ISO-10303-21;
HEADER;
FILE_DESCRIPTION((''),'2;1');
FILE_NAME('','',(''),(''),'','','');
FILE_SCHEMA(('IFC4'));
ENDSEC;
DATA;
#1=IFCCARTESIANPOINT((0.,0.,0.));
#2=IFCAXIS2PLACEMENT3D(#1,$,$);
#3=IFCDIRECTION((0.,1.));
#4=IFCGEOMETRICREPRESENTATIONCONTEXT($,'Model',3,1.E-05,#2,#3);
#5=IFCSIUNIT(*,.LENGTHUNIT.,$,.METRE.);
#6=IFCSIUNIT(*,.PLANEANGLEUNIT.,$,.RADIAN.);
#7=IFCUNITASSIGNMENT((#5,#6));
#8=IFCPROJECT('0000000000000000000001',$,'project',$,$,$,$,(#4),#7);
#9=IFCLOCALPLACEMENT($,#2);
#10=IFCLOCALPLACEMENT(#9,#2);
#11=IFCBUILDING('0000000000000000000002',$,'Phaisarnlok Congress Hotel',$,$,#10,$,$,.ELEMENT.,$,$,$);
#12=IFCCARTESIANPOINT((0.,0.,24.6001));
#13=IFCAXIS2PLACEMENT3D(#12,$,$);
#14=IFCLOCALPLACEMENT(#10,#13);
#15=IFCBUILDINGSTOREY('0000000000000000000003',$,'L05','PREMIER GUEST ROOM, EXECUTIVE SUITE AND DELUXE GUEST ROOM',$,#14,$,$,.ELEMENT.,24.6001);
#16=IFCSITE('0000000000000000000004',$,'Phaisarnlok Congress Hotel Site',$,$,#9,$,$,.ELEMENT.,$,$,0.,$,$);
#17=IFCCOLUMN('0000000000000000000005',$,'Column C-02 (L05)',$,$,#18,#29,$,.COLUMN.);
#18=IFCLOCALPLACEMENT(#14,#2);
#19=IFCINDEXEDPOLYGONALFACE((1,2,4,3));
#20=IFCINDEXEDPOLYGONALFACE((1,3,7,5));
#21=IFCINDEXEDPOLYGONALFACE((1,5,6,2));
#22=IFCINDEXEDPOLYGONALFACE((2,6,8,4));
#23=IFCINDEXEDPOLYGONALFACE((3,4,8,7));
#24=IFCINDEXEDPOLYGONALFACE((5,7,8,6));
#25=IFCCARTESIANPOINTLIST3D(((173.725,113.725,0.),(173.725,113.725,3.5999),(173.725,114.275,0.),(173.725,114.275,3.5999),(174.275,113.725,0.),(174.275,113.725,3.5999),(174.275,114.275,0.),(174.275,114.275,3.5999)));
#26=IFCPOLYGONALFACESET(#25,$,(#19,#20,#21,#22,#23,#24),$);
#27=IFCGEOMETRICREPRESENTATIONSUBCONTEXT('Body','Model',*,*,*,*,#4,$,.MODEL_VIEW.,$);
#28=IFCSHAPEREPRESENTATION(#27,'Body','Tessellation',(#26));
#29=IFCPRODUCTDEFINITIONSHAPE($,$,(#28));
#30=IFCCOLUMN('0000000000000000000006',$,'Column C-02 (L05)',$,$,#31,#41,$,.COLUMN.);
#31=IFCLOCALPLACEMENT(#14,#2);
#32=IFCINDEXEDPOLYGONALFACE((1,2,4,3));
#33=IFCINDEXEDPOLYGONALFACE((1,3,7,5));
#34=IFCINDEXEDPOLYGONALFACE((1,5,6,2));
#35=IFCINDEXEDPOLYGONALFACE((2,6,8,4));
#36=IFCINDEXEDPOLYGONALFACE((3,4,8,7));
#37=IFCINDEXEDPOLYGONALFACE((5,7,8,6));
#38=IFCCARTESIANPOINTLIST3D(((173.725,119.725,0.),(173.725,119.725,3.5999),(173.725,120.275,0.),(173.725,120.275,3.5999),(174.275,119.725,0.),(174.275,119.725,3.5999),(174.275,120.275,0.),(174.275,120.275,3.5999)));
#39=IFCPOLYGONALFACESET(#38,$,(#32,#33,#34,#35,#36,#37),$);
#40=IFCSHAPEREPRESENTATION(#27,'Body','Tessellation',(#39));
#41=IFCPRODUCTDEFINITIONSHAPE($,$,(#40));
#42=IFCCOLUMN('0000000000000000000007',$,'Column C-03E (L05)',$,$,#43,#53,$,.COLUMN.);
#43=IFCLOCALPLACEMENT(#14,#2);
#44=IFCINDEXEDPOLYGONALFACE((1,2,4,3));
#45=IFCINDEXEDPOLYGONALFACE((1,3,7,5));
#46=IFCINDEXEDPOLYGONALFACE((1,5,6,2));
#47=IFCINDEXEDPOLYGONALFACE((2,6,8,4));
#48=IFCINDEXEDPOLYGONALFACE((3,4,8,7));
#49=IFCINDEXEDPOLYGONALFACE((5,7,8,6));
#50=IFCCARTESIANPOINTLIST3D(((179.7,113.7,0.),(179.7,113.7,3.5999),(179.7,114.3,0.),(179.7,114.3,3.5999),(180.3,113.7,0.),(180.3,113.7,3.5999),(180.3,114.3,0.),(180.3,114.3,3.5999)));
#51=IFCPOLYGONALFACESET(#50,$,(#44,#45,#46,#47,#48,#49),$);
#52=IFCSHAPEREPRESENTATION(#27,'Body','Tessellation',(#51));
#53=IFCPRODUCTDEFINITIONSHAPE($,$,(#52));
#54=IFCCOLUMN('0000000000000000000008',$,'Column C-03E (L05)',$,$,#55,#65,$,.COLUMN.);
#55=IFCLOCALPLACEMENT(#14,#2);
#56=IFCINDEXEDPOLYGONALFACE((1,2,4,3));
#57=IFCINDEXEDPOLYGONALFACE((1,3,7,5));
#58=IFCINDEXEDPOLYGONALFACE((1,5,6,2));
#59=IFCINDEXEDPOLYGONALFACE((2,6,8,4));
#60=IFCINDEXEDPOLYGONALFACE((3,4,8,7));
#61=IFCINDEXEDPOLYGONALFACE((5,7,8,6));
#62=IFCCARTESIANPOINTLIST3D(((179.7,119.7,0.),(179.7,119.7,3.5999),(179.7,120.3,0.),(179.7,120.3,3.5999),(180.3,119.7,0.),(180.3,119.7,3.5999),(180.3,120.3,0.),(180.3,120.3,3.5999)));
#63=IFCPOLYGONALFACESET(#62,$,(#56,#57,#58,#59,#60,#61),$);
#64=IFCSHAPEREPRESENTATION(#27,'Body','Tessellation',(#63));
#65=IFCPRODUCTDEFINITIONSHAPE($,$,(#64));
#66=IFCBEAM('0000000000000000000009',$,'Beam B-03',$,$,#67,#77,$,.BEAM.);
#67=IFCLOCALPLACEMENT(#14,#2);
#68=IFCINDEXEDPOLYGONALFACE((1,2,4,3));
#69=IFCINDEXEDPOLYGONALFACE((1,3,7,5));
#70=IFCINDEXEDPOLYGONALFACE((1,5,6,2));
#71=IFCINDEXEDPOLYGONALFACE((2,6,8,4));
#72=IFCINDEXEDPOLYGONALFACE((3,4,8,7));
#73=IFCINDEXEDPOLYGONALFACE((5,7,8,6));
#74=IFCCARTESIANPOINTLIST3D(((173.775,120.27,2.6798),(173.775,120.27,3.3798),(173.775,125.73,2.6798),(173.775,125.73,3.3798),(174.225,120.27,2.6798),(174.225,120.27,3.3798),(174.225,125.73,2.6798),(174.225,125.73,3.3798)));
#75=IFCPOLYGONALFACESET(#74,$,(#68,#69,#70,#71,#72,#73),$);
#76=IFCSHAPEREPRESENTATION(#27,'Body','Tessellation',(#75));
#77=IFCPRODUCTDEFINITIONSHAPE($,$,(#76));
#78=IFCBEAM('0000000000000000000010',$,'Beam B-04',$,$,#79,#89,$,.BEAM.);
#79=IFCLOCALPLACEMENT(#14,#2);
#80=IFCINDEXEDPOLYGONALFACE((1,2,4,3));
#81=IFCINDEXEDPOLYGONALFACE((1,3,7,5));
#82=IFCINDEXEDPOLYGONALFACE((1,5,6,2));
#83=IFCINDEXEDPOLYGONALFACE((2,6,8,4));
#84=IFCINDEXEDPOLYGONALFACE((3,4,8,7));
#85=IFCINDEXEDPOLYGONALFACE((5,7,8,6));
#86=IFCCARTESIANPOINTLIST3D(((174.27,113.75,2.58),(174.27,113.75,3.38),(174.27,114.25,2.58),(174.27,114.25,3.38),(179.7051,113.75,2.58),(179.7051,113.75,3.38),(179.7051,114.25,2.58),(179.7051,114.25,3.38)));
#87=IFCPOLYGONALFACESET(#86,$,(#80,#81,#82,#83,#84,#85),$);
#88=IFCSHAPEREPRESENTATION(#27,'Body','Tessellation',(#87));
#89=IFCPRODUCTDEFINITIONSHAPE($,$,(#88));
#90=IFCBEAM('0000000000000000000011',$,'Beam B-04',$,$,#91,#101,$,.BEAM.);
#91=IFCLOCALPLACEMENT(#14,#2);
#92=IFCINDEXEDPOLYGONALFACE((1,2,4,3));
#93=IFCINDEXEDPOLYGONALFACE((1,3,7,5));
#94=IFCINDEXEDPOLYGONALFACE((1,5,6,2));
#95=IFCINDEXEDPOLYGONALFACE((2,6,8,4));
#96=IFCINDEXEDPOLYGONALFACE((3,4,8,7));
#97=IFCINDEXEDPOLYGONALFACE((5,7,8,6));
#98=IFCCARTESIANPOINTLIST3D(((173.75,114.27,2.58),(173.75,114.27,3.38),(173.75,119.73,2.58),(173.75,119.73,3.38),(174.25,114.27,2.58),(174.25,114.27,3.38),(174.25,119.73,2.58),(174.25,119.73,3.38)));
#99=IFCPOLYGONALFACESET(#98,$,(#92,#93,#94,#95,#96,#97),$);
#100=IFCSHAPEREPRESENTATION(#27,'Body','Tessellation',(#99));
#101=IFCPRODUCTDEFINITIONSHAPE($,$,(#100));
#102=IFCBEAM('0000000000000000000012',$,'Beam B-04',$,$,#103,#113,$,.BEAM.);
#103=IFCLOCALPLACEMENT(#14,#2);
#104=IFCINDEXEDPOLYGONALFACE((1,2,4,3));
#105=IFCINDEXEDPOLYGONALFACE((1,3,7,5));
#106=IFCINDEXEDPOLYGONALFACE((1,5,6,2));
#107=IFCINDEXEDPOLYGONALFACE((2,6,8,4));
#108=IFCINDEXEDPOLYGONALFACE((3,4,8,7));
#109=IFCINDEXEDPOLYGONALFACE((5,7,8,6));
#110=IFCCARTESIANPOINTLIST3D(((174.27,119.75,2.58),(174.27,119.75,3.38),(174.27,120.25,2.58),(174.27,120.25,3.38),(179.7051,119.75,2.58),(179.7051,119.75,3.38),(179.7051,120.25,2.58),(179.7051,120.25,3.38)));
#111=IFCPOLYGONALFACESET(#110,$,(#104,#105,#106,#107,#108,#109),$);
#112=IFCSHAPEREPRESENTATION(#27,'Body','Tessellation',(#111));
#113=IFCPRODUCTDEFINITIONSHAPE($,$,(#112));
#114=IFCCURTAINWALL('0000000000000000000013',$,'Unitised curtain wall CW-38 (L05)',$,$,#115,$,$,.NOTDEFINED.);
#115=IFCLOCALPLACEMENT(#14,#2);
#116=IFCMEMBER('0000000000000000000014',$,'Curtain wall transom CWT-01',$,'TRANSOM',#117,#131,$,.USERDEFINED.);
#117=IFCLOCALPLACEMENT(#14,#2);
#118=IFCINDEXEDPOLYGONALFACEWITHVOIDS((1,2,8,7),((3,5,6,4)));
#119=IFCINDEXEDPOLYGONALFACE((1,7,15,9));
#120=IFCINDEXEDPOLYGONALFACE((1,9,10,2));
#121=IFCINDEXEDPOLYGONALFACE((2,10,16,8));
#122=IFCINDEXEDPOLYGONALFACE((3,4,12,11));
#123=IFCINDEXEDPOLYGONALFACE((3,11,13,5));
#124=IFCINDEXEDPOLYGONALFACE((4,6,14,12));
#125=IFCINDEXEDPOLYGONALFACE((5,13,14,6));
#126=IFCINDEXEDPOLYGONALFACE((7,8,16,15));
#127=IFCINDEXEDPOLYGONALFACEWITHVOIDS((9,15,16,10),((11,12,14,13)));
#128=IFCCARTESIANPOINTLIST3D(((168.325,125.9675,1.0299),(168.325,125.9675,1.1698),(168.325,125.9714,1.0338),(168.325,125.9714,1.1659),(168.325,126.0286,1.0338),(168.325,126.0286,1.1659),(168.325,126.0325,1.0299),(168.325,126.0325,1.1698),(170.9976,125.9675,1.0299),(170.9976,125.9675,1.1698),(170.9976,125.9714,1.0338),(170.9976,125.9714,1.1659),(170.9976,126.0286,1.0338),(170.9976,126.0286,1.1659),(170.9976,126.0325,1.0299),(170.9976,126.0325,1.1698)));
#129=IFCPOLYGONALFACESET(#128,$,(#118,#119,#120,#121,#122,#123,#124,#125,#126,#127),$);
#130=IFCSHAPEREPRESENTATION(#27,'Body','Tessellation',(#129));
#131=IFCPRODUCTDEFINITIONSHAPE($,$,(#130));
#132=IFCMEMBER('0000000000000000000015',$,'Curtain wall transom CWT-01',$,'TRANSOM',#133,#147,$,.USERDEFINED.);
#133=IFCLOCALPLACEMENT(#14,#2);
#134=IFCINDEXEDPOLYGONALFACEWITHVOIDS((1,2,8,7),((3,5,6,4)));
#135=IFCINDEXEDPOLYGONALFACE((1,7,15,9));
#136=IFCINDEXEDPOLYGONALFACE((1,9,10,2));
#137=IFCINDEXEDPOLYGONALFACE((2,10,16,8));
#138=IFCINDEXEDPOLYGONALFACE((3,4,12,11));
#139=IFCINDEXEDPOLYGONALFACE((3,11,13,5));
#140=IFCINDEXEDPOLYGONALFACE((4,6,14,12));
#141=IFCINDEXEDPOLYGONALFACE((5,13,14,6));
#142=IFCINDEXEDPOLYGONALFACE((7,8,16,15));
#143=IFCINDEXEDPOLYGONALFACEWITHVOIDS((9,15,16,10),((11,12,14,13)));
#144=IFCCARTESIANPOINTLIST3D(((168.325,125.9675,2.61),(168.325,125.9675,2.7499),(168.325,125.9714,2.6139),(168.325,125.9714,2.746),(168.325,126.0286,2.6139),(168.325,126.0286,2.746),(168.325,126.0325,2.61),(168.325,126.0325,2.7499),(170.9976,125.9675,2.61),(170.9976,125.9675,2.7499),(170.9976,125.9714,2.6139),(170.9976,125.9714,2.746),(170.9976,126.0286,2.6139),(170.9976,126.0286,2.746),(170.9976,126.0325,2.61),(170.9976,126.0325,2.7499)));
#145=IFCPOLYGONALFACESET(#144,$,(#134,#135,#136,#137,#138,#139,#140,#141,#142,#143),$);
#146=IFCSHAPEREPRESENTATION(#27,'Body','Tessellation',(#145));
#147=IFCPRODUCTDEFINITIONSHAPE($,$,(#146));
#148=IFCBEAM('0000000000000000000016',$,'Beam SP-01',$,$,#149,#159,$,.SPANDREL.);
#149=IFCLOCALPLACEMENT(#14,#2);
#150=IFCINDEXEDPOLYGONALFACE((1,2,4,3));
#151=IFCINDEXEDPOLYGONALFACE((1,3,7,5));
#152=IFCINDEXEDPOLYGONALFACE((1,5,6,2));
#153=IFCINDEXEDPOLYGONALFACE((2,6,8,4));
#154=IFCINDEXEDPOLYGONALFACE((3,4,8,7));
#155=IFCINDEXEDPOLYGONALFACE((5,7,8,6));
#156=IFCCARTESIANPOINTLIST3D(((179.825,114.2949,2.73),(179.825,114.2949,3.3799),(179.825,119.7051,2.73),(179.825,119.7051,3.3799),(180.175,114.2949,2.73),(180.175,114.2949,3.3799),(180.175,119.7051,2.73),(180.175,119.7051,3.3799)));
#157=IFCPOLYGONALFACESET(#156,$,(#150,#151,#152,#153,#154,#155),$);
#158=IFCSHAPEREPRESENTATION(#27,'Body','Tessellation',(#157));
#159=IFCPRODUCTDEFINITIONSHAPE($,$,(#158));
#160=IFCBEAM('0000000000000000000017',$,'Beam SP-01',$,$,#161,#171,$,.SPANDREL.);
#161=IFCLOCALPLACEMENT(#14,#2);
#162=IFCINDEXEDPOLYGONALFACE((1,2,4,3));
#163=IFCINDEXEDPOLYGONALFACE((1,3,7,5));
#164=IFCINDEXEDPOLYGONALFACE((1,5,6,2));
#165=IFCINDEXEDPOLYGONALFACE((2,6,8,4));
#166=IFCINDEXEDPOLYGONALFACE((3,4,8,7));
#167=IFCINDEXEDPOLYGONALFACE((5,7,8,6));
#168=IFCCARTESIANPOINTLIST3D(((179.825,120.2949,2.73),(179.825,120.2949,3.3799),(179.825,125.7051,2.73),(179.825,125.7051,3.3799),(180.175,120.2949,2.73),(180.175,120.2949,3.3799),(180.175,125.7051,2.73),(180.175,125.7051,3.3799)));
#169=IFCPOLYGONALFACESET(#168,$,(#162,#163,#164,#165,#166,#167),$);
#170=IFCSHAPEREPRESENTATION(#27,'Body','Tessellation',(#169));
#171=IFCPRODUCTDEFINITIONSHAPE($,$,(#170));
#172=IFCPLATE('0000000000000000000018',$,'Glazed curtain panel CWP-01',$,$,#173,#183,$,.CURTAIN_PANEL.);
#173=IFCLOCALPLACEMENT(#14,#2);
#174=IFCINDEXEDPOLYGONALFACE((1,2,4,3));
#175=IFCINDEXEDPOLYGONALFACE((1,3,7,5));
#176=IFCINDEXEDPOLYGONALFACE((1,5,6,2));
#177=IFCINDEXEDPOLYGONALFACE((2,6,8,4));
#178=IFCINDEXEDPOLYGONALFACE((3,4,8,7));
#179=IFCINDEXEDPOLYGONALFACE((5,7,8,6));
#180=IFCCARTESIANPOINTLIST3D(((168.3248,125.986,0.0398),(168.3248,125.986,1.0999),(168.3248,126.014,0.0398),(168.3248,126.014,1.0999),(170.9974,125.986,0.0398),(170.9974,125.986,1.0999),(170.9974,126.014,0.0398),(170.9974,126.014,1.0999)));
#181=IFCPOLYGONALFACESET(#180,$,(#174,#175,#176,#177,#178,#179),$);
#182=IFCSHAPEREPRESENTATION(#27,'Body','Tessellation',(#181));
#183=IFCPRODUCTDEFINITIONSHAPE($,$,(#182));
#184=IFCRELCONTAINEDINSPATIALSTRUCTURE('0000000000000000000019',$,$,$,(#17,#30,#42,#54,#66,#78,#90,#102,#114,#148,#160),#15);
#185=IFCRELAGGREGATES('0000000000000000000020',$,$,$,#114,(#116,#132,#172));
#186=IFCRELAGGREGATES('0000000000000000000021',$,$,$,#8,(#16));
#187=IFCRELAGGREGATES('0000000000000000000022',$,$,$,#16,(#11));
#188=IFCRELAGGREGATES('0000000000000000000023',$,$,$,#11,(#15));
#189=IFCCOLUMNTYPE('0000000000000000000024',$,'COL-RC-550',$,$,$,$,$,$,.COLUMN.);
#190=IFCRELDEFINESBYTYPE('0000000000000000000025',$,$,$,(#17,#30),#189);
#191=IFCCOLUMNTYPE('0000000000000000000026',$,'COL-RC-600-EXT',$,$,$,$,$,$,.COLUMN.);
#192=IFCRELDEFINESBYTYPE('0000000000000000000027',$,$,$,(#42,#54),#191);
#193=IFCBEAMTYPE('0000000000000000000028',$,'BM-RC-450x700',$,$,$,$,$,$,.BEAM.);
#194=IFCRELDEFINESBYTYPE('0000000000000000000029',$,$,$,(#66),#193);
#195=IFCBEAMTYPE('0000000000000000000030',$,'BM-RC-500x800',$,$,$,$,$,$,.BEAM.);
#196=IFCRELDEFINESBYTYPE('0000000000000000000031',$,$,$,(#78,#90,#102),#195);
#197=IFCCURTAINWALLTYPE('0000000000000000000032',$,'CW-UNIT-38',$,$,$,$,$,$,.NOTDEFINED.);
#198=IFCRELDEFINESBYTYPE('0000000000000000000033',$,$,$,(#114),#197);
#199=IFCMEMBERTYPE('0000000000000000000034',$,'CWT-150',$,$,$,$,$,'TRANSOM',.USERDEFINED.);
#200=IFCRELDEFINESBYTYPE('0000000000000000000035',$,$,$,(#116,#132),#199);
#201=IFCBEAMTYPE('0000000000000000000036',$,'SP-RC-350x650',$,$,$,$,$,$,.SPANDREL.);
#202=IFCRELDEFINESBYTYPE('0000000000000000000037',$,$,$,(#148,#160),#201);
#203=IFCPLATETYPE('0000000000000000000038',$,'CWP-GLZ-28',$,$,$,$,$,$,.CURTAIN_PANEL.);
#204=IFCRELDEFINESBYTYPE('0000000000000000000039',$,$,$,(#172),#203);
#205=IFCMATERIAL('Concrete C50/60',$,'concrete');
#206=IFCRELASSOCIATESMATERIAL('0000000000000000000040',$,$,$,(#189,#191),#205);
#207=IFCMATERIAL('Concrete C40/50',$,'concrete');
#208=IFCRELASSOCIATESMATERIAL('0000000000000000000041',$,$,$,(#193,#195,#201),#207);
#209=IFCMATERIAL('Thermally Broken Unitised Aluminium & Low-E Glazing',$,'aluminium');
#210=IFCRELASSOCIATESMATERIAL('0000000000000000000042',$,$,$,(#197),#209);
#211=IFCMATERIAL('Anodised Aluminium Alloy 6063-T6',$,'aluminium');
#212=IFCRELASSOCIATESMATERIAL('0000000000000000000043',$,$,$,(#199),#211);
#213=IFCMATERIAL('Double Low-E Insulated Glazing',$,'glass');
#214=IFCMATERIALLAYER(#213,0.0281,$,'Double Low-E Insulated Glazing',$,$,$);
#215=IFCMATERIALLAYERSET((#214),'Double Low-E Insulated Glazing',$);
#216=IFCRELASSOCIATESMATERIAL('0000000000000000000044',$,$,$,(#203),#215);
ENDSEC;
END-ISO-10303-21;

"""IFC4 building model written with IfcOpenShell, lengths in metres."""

from ifc_helpers import new_model, si_unit, direction, frame, frame_2d, origin, origin_2d, place, context, subcontext, project, spatial, rectangle, hollow_rectangle, extrude, material, layer, layer_set, material_profile, profile_set, type_object, element, aggregate, save


model = new_model("IFC4")

# Units and contexts
model_context = context("Model", 3, precision=1e-05, world=origin(), true_north=direction((0.0, 1.0)))
body_context = subcontext(model_context, "Body", "Model", "MODEL_VIEW")
ifc_project = project(units=[si_unit("LENGTHUNIT", "METRE"), si_unit("PLANEANGLEUNIT", "RADIAN")], contexts=[model_context])

# Site, building, storey
site_placement = place(None, origin())
site = spatial("IfcSite", under=ifc_project, at=site_placement, Name="Phaisarnlok Congress Hotel Site", CompositionType="ELEMENT", RefElevation=0.0)
building_placement = place(site_placement, origin())
building = spatial("IfcBuilding", under=site, at=building_placement, Name="Phaisarnlok Congress Hotel", CompositionType="ELEMENT")
storey_placement = place(building_placement, frame((0.0, 0.0, 24.6001)))
storey = spatial("IfcBuildingStorey", under=building, at=storey_placement, Name="L05", Description="PREMIER GUEST ROOM, EXECUTIVE SUITE AND DELUXE GUEST ROOM", CompositionType="ELEMENT", Elevation=24.6001)

# Columns
ifc_material_1 = material(Name="Concrete C50/60", Category="concrete")
ifc_material_profile_1 = material_profile(ifc_material_1, rectangle(XDim=0.55, YDim=0.55, at=origin_2d()), Name="RC 550x550")
ifc_profile_set_1 = profile_set([ifc_material_profile_1], Name="Concrete C50/60")
column_type_1 = type_object("IfcColumnType", Name="COL-RC-550", PredefinedType="COLUMN", material=ifc_profile_set_1)
for number, where, z_axis, x_axis, name in (
    (1, (174.0, 114.0, 0.0), (0.0, 0.0, 1.0), (1.0, 0.0, 0.0), "Column C-02 (L05)"),
    (2, (174.0, 120.0, 0.0), (0.0, 0.0, 1.0), (1.0, 0.0, 0.0), "Column C-02 (L05)"),
):
    element("IfcColumn", number, at=place(storey_placement, frame(where, z_axis=z_axis, x_axis=x_axis)), inside=storey, type_object=column_type_1, Name=name, PredefinedType="COLUMN", context=body_context, shape_type="SweptSolid", body=[
        extrude(rectangle(XDim=0.55, YDim=0.55, at=origin_2d()), origin(), (0.0, 0.0, 1.0), 3.5999),
    ])
ifc_material_profile_2 = material_profile(ifc_material_1, rectangle(XDim=0.6001, YDim=0.6001, at=origin_2d()), Name="RC 600x600")
ifc_profile_set_2 = profile_set([ifc_material_profile_2], Name="Concrete C50/60")
column_type_2 = type_object("IfcColumnType", Name="COL-RC-600-EXT", PredefinedType="COLUMN", material=ifc_profile_set_2)
for number, where, z_axis, x_axis, name in (
    (3, (180.0, 114.0, 0.0), (0.0, 0.0, 1.0), (1.0, 0.0, 0.0), "Column C-03E (L05)"),
    (4, (180.0, 120.0, 0.0), (0.0, 0.0, 1.0), (1.0, 0.0, 0.0), "Column C-03E (L05)"),
):
    element("IfcColumn", number, at=place(storey_placement, frame(where, z_axis=z_axis, x_axis=x_axis)), inside=storey, type_object=column_type_2, Name=name, PredefinedType="COLUMN", context=body_context, shape_type="SweptSolid", body=[
        extrude(rectangle(XDim=0.6001, YDim=0.6001, at=origin_2d()), origin(), (0.0, 0.0, 1.0), 3.5999),
    ])

# Beams
ifc_material_2 = material(Name="Concrete C40/50", Category="concrete")
ifc_material_profile_3 = material_profile(ifc_material_2, rectangle(XDim=0.45, YDim=0.7, at=origin_2d()), Name="RC 450x700")
ifc_profile_set_3 = profile_set([ifc_material_profile_3], Name="Concrete C40/50")
beam_type_1 = type_object("IfcBeamType", Name="BM-RC-450x700", PredefinedType="BEAM", material=ifc_profile_set_3)
beam_1_placement = place(storey_placement, frame((174.0, 120.27, 3.0298), z_axis=(0.0, 1.0, 0.0), x_axis=(-1.0, 0.0, 0.0)))
element("IfcBeam", 5, at=beam_1_placement, inside=storey, type_object=beam_type_1, Name="Beam B-03", PredefinedType="BEAM", context=body_context, shape_type="SweptSolid", body=[
    extrude(rectangle(XDim=0.45, YDim=0.7, at=origin_2d()), origin(), (0.0, 0.0, 1.0), 5.46),
])
ifc_material_profile_4 = material_profile(ifc_material_2, rectangle(XDim=0.5, YDim=0.8, at=origin_2d()), Name="RC 500x800")
ifc_profile_set_4 = profile_set([ifc_material_profile_4], Name="Concrete C40/50")
beam_type_2 = type_object("IfcBeamType", Name="BM-RC-500x800", PredefinedType="BEAM", material=ifc_profile_set_4)
beam_2_placement = place(storey_placement, frame((174.27, 114.0, 2.98), z_axis=(1.0, 0.0, 0.0), x_axis=(0.0, 1.0, 0.0)))
element("IfcBeam", 6, at=beam_2_placement, inside=storey, type_object=beam_type_2, Name="Beam B-04", PredefinedType="BEAM", context=body_context, shape_type="SweptSolid", body=[
    extrude(rectangle(XDim=0.5, YDim=0.8, at=origin_2d()), origin(), (0.0, 0.0, 1.0), 5.4351),
])
beam_3_placement = place(storey_placement, frame((174.0, 114.27, 2.98), z_axis=(0.0, 1.0, 0.0), x_axis=(-1.0, 0.0, 0.0)))
element("IfcBeam", 7, at=beam_3_placement, inside=storey, type_object=beam_type_2, Name="Beam B-04", PredefinedType="BEAM", context=body_context, shape_type="SweptSolid", body=[
    extrude(rectangle(XDim=0.5, YDim=0.8, at=origin_2d()), origin(), (0.0, 0.0, 1.0), 5.46),
])
beam_4_placement = place(storey_placement, frame((174.27, 120.0, 2.98), z_axis=(1.0, 0.0, 0.0), x_axis=(0.0, 1.0, 0.0)))
element("IfcBeam", 8, at=beam_4_placement, inside=storey, type_object=beam_type_2, Name="Beam B-04", PredefinedType="BEAM", context=body_context, shape_type="SweptSolid", body=[
    extrude(rectangle(XDim=0.5, YDim=0.8, at=origin_2d()), origin(), (0.0, 0.0, 1.0), 5.4351),
])

# Curtain wall, members
ifc_material_3 = material(Name="Thermally Broken Unitised Aluminium & Low-E Glazing", Category="aluminium")
curtain_wall_type = type_object("IfcCurtainWallType", Name="CW-UNIT-38", PredefinedType="NOTDEFINED", material=ifc_material_3)
curtain_wall_placement = place(storey_placement, origin())
curtain_wall = element("IfcCurtainWall", 9, at=curtain_wall_placement, inside=storey, type_object=curtain_wall_type, Name="Unitised curtain wall CW-38 (L05)", PredefinedType="NOTDEFINED")
ifc_material_4 = material(Name="Anodised Aluminium Alloy 6063-T6", Category="aluminium")
ifc_material_profile_5 = material_profile(ifc_material_4, hollow_rectangle(XDim=0.0649, YDim=0.1399, WallThickness=0.0039, at=origin_2d()), Name="ALU-T 65x140x4")
ifc_profile_set_5 = profile_set([ifc_material_profile_5], Name="Anodised Aluminium Alloy 6063-T6")
member_type = type_object("IfcMemberType", Name="CWT-150", ElementType="TRANSOM", PredefinedType="USERDEFINED", material=ifc_profile_set_5)
member_1_placement = place(storey_placement, frame((170.9976, 126.0, 1.0999), z_axis=(-1.0, 0.0, 0.0), x_axis=(0.0, -1.0, 0.0)))
member_1 = element("IfcMember", 10, at=member_1_placement, type_object=member_type, Name="Curtain wall transom CWT-01", ObjectType="TRANSOM", PredefinedType="USERDEFINED", context=body_context, shape_type="SweptSolid", body=[
    extrude(hollow_rectangle(XDim=0.0649, YDim=0.1399, WallThickness=0.0039, at=origin_2d()), origin(), (0.0, 0.0, 1.0), 2.6726),
])
member_2_placement = place(storey_placement, frame((170.9976, 126.0, 2.6799), z_axis=(-1.0, 0.0, 0.0), x_axis=(0.0, -1.0, 0.0)))
member_2 = element("IfcMember", 11, at=member_2_placement, type_object=member_type, Name="Curtain wall transom CWT-01", ObjectType="TRANSOM", PredefinedType="USERDEFINED", context=body_context, shape_type="SweptSolid", body=[
    extrude(hollow_rectangle(XDim=0.0649, YDim=0.1399, WallThickness=0.0039, at=origin_2d()), origin(), (0.0, 0.0, 1.0), 2.6726),
])

# Beams
ifc_material_profile_6 = material_profile(ifc_material_2, rectangle(XDim=0.3501, YDim=0.6499, at=origin_2d()), Name="RC 350x650")
ifc_profile_set_6 = profile_set([ifc_material_profile_6], Name="Concrete C40/50")
beam_type_3 = type_object("IfcBeamType", Name="SP-RC-350x650", PredefinedType="SPANDREL", material=ifc_profile_set_6)
for number, where, z_axis, x_axis, name in (
    (12, (180.0, 114.2949, 3.0549), (0.0, 1.0, 0.0), (-1.0, 0.0, 0.0), "Beam SP-01"),
    (13, (180.0, 120.2949, 3.0549), (0.0, 1.0, 0.0), (-1.0, 0.0, 0.0), "Beam SP-01"),
):
    element("IfcBeam", number, at=place(storey_placement, frame(where, z_axis=z_axis, x_axis=x_axis)), inside=storey, type_object=beam_type_3, Name=name, PredefinedType="SPANDREL", context=body_context, shape_type="SweptSolid", body=[
        extrude(rectangle(XDim=0.3501, YDim=0.6499, at=origin_2d()), origin(), (0.0, 0.0, 1.0), 5.4102),
    ])

# Plate
ifc_material_5 = material(Name="Double Low-E Insulated Glazing", Category="glass")
ifc_layer_1 = layer(ifc_material_5, 0.0281, Name="Double Low-E Insulated Glazing")
ifc_layer_set_1 = layer_set([ifc_layer_1], Name="Double Low-E Insulated Glazing")
plate_type = type_object("IfcPlateType", Name="CWP-GLZ-28", PredefinedType="CURTAIN_PANEL", material=ifc_layer_set_1)
plate_placement = place(storey_placement, frame((170.9976, 126.0, 0.0398), z_axis=(0.0, 0.0, 1.0), x_axis=(-1.0, 0.0, 0.0)))
plate = element("IfcPlate", 14, at=plate_placement, type_object=plate_type, Name="Glazed curtain panel CWP-01", PredefinedType="CURTAIN_PANEL", context=body_context, shape_type="SweptSolid", body=[
    extrude(rectangle(XDim=2.6726, YDim=0.0281, at=frame_2d((1.3364, 0.0))), origin(), (0.0, 0.0, 1.0), 1.0601),
])
aggregate(curtain_wall, [member_1, member_2, plate])

save(model, "model.ifc")
